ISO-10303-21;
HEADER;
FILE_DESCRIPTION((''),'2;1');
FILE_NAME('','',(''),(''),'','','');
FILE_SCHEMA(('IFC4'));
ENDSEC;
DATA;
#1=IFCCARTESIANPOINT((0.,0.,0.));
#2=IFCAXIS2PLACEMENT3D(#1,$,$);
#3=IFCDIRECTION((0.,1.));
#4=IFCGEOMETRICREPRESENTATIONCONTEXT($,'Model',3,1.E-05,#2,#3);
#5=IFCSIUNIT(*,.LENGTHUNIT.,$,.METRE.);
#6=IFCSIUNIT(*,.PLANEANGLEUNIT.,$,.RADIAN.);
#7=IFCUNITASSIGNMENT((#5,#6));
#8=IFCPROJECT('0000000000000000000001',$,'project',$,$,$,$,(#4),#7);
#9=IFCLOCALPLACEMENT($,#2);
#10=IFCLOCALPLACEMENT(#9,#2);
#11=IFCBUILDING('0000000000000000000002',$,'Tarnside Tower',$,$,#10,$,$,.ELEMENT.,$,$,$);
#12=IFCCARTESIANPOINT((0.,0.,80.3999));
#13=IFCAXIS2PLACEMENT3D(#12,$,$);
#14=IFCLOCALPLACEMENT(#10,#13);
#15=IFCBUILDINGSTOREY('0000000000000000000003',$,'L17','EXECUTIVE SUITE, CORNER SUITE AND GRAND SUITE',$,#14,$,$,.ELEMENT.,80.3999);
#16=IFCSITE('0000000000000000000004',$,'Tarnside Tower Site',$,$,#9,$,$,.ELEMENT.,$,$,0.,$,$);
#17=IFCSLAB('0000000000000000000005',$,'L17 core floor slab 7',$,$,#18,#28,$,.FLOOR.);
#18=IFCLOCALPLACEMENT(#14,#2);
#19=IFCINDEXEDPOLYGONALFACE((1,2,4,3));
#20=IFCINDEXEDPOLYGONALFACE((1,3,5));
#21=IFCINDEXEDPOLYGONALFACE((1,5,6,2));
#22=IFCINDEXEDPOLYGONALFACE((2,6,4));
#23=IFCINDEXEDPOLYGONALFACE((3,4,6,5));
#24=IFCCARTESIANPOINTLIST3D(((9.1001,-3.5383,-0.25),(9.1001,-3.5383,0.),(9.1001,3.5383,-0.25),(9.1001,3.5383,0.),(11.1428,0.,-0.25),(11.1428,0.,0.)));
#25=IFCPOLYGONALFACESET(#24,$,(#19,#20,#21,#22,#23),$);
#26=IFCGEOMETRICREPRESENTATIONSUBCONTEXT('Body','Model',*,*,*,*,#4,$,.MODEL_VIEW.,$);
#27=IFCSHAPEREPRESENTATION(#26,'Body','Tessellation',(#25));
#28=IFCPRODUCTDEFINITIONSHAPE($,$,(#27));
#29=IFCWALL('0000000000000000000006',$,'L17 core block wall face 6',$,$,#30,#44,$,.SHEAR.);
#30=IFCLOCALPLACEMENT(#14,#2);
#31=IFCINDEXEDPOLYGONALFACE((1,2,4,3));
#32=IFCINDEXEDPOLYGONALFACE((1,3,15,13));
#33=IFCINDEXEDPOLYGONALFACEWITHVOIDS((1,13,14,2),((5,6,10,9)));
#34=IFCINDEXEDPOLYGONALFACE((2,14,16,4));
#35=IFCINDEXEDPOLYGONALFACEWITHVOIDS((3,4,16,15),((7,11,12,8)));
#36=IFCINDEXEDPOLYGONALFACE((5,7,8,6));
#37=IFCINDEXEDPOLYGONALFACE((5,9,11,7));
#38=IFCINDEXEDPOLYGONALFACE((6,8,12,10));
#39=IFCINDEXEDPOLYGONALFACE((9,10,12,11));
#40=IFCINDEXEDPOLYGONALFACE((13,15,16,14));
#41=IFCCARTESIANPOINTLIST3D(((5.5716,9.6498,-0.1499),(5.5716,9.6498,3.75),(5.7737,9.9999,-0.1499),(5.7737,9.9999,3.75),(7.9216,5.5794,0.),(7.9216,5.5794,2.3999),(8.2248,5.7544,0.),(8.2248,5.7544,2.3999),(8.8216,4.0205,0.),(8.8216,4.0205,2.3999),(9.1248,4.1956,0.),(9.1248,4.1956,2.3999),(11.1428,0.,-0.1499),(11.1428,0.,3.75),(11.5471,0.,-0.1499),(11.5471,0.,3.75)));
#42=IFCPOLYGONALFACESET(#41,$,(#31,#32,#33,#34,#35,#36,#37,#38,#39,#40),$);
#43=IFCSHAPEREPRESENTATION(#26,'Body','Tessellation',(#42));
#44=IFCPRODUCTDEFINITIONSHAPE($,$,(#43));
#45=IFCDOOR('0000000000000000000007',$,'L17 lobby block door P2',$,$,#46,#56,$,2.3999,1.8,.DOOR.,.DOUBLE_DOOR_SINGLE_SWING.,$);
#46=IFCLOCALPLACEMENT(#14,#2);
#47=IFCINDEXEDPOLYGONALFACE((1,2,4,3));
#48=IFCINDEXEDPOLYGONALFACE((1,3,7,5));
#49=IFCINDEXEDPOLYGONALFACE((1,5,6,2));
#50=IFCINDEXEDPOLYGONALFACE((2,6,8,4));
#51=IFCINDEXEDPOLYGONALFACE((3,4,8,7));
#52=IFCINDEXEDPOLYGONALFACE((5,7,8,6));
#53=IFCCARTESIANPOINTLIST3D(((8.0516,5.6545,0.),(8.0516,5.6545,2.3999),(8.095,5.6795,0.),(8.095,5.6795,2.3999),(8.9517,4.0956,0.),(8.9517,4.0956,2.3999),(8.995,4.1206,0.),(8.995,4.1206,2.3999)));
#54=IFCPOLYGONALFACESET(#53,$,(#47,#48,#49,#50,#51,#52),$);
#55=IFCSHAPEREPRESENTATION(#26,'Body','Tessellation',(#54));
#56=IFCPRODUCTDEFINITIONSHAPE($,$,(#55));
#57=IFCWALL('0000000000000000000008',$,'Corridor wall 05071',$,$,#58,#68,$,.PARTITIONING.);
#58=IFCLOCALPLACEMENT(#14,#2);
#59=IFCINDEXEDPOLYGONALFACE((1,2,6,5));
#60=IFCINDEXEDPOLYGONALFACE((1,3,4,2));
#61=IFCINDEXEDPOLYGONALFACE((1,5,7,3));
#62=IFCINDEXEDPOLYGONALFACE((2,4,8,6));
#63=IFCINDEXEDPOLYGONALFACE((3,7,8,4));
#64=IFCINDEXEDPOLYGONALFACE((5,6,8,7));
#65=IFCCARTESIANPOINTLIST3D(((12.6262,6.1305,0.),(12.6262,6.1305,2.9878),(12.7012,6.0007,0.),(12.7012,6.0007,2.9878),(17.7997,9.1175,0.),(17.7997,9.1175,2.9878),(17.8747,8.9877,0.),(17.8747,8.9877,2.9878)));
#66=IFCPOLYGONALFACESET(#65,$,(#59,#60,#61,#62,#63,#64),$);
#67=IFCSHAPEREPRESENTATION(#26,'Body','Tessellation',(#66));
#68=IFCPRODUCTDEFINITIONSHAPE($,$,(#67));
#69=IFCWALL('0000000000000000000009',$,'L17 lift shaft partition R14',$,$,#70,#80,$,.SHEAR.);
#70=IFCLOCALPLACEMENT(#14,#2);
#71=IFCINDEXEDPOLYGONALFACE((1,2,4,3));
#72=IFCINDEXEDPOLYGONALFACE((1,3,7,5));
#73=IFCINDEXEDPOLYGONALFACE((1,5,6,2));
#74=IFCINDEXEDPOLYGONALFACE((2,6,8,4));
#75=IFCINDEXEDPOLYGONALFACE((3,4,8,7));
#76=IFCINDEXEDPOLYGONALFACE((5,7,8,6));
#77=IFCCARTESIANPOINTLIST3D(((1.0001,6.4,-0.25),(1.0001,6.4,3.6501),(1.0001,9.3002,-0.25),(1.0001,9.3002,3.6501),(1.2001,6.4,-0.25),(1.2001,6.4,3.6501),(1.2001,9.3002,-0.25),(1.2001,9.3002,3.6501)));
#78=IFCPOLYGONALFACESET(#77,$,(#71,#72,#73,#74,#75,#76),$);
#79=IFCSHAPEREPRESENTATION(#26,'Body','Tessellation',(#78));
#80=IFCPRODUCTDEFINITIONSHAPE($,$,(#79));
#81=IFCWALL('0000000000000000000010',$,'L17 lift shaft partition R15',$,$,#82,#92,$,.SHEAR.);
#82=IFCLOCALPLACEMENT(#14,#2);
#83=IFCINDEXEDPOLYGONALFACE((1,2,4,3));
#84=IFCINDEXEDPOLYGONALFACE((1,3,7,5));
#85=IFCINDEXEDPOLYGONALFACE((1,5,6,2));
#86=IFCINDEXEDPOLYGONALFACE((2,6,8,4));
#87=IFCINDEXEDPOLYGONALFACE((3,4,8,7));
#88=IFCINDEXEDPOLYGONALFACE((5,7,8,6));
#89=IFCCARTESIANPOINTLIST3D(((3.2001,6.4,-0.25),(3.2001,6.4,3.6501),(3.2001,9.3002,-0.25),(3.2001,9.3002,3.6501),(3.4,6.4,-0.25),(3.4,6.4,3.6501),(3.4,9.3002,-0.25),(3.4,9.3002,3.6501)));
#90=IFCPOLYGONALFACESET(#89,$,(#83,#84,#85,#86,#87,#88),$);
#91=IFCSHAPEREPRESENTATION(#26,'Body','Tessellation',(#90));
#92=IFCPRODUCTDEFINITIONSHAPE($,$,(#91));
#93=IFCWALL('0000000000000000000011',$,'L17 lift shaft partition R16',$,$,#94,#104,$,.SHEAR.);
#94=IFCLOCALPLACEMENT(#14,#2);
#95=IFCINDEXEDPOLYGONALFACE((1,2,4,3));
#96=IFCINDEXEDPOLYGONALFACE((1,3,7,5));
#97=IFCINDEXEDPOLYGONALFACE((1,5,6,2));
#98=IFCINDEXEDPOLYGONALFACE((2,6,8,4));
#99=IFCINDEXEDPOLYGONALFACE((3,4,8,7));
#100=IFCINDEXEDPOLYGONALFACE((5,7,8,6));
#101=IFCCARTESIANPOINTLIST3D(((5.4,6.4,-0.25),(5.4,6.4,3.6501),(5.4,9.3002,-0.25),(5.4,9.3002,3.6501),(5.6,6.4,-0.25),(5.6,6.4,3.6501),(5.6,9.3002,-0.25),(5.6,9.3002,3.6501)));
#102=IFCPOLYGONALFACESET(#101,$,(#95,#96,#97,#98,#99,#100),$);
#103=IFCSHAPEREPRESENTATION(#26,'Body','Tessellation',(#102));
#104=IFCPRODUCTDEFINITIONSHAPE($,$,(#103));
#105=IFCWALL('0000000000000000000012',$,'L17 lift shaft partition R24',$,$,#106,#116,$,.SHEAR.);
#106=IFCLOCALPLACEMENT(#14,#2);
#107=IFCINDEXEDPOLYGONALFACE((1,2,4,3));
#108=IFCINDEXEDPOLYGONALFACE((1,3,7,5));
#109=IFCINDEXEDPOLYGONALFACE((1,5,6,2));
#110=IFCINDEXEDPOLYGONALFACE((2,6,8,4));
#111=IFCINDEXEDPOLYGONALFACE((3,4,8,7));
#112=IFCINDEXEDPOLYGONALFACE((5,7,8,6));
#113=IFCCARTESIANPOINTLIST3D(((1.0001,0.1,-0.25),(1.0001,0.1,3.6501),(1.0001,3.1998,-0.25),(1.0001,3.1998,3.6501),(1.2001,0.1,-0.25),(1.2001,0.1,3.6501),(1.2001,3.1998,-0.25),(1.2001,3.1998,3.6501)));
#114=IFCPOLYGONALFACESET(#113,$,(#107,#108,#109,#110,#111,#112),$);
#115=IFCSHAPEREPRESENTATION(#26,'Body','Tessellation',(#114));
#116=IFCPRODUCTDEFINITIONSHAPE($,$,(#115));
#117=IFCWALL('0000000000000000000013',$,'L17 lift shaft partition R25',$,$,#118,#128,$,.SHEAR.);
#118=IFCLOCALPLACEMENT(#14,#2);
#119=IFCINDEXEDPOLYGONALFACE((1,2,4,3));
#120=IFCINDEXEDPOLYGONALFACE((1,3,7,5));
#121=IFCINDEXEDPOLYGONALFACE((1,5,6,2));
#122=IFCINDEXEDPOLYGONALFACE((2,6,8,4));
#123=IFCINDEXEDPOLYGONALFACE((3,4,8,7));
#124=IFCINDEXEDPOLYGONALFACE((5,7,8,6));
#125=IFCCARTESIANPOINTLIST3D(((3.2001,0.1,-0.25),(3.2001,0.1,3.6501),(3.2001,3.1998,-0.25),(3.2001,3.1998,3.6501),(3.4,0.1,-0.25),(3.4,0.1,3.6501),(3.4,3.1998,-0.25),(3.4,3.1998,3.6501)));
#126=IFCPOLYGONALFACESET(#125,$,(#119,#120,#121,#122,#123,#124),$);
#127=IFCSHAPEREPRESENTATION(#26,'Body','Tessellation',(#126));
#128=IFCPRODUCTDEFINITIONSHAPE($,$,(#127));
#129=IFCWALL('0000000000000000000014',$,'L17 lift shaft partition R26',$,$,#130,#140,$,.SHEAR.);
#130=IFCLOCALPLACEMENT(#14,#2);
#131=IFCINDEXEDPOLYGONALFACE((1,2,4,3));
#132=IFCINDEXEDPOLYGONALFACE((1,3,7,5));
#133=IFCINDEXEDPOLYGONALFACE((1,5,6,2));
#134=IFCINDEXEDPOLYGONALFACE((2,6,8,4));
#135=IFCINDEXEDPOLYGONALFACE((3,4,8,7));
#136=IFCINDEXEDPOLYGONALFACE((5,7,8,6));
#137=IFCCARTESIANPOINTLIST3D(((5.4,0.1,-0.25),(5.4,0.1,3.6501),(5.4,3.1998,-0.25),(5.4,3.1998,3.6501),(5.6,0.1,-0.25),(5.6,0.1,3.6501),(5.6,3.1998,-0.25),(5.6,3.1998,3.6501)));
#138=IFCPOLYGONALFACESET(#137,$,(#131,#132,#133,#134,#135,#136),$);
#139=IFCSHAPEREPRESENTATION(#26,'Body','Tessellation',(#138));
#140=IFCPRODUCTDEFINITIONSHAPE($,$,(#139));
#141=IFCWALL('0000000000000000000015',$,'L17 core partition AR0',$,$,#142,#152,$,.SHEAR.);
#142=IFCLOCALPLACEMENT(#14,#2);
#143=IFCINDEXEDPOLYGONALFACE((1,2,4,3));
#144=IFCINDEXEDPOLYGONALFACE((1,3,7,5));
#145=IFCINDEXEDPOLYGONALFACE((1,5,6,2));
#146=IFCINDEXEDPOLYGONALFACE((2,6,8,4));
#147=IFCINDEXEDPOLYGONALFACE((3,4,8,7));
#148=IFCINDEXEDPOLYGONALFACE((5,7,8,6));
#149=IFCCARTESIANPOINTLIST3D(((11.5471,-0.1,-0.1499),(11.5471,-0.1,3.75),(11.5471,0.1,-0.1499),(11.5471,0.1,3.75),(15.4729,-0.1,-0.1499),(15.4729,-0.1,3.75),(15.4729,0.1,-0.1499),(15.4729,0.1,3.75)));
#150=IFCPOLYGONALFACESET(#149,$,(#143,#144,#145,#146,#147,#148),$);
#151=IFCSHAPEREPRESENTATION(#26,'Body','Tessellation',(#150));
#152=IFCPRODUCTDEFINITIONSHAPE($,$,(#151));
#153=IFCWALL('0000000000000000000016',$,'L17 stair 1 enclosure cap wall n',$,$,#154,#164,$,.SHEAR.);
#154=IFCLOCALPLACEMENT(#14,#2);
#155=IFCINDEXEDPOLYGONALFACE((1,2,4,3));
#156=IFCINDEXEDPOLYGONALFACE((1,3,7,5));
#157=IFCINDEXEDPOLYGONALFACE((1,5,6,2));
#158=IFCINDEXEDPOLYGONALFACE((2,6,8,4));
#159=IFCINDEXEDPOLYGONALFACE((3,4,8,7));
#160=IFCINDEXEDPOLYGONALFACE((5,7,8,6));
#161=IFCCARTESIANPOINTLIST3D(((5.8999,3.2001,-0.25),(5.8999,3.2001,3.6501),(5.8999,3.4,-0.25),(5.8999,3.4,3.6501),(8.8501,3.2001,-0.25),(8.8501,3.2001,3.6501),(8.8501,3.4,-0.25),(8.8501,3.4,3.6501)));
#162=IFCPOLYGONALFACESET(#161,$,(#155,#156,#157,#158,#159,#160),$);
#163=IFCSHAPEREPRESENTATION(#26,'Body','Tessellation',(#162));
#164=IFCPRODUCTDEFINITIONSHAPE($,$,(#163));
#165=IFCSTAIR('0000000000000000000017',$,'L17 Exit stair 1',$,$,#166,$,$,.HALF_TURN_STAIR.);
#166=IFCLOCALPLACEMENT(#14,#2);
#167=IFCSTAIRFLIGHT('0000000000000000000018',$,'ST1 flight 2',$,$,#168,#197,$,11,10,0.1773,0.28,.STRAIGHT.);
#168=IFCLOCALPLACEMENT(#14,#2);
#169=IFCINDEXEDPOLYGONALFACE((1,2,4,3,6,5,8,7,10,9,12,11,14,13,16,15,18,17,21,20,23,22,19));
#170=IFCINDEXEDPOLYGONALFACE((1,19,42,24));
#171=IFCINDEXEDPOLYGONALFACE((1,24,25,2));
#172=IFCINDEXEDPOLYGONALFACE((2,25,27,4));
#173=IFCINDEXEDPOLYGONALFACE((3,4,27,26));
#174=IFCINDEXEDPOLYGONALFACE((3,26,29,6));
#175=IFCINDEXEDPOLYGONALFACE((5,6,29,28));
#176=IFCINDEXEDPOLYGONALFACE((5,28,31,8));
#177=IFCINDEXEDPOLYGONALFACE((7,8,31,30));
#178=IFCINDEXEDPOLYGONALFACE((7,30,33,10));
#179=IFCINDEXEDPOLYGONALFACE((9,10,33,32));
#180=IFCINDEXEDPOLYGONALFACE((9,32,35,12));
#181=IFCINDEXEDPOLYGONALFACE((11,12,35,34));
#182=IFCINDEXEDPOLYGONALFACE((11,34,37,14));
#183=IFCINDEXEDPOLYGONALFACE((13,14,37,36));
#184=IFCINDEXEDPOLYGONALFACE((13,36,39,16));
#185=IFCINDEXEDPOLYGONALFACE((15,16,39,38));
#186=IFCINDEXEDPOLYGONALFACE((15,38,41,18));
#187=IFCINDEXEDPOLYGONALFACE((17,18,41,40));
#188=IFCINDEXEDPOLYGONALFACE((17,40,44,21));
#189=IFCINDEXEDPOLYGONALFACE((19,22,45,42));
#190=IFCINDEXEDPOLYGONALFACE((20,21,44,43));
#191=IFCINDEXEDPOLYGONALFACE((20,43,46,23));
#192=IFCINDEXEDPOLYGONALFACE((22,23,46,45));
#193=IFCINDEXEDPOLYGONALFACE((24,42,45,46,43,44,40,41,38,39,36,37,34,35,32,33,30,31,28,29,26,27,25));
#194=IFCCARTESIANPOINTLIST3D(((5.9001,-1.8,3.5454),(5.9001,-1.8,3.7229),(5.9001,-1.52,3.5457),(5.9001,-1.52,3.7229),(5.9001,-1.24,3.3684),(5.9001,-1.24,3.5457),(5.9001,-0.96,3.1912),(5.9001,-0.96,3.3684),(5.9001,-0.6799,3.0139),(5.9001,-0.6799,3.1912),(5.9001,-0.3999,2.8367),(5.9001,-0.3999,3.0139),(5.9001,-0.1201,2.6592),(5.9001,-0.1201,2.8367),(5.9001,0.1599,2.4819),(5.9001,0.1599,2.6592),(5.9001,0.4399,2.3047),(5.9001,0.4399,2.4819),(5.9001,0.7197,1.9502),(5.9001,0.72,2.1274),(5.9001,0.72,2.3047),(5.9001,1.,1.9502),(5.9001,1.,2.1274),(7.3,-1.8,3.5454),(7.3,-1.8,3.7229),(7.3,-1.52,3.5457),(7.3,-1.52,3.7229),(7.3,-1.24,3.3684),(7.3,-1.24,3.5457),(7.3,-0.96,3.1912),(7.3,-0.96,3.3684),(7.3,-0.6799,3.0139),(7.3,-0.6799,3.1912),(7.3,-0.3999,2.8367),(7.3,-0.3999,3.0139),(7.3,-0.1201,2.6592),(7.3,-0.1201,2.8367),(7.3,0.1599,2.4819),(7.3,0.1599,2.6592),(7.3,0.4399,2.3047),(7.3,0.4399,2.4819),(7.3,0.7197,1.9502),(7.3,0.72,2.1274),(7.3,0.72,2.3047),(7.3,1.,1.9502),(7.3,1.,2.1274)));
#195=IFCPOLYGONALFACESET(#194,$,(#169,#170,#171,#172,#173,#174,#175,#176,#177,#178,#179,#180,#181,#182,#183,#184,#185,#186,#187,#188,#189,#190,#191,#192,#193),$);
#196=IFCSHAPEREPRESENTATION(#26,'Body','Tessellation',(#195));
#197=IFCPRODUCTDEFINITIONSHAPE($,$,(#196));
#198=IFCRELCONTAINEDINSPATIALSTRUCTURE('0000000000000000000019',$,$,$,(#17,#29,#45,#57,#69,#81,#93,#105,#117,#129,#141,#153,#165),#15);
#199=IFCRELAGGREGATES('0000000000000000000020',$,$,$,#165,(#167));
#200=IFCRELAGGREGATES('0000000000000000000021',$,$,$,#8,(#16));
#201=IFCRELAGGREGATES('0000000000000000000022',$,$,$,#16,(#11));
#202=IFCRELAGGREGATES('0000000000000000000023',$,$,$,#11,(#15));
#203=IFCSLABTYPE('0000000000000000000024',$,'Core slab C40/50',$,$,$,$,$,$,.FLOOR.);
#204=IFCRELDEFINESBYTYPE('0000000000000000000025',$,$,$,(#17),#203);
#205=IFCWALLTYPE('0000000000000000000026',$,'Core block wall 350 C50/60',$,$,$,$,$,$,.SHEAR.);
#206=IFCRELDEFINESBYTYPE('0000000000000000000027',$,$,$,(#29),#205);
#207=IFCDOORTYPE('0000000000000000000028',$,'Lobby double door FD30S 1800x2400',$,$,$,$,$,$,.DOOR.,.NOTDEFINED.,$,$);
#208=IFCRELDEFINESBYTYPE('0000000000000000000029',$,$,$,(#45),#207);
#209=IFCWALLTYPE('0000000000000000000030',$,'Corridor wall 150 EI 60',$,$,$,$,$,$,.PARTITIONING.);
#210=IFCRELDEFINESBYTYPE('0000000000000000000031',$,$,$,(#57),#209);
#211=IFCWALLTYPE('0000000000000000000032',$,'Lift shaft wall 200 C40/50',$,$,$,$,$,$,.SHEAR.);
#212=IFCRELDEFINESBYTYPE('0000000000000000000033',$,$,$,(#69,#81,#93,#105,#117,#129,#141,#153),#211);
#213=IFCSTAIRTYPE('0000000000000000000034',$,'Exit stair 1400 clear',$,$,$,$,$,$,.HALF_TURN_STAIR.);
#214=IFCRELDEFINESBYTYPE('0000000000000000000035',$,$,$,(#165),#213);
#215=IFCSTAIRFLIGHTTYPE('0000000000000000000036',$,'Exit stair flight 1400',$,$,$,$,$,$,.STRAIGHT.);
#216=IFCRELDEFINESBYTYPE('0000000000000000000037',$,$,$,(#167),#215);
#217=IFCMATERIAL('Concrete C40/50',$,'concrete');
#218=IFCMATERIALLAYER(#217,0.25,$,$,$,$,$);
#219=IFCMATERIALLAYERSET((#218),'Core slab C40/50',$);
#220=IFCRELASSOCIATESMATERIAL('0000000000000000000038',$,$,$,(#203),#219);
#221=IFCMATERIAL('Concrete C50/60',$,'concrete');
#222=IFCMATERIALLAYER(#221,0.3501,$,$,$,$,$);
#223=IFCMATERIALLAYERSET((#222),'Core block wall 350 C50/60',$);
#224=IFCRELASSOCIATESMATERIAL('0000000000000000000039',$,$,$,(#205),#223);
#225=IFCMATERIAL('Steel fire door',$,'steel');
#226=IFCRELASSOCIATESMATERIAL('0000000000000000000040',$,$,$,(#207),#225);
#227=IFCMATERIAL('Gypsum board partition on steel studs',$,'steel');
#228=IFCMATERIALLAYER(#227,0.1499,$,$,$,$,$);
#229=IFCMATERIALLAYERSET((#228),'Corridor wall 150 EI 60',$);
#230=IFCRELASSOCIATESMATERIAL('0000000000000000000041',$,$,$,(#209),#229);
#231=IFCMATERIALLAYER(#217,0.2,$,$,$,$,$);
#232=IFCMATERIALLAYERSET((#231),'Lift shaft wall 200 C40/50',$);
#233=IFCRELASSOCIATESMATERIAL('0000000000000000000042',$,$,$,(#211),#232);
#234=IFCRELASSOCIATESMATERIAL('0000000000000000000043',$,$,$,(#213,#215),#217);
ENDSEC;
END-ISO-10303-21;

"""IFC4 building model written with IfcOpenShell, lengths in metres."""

from ifc_helpers import new_model, si_unit, direction, frame, frame_2d, origin, place, context, subcontext, project, spatial, polyline, rectangle, outline, extrude, material, layer, layer_set, type_object, element, fill, aggregate, save


model = new_model("IFC4")

# Units and contexts
model_context = context("Model", 3, precision=1e-05, world=origin(), true_north=direction((0.0, 1.0)))
body_context = subcontext(model_context, "Body", "Model", "MODEL_VIEW")
ifc_project = project(units=[si_unit("LENGTHUNIT", "METRE"), si_unit("PLANEANGLEUNIT", "RADIAN")], contexts=[model_context])

# Site, building, storey
site_placement = place(None, origin())
site = spatial("IfcSite", under=ifc_project, at=site_placement, Name="Tarnside Tower Site", CompositionType="ELEMENT", RefElevation=0.0)
building_placement = place(site_placement, origin())
building = spatial("IfcBuilding", under=site, at=building_placement, Name="Tarnside Tower", CompositionType="ELEMENT")
storey_placement = place(building_placement, frame((0.0, 0.0, 80.3999)))
storey = spatial("IfcBuildingStorey", under=building, at=storey_placement, Name="L17", Description="EXECUTIVE SUITE, CORNER SUITE AND GRAND SUITE", CompositionType="ELEMENT", Elevation=80.3999)

# Slab
ifc_material_1 = material(Name="Concrete C40/50", Category="concrete")
ifc_layer_1 = layer(ifc_material_1, 0.25)
ifc_layer_set_1 = layer_set([ifc_layer_1], Name="Core slab C40/50")
slab_type = type_object("IfcSlabType", Name="Core slab C40/50", PredefinedType="FLOOR", material=ifc_layer_set_1)
slab_placement = place(storey_placement, frame((0.0, 0.0, -0.25)))
element("IfcSlab", 1, at=slab_placement, inside=storey, type_object=slab_type, Name="L17 core floor slab 7", PredefinedType="FLOOR", context=body_context, shape_type="SweptSolid", body=[
    extrude(outline(polyline([(9.1001, -3.5383), (9.1001, 3.5383), (11.1428, 0.0), (9.1001, -3.5383)])), origin(), (0.0, 0.0, 1.0), 0.25),
])

# Wall, opening, door
ifc_material_2 = material(Name="Concrete C50/60", Category="concrete")
ifc_layer_2 = layer(ifc_material_2, 0.3501)
ifc_layer_set_2 = layer_set([ifc_layer_2], Name="Core block wall 350 C50/60")
wall_type_1 = type_object("IfcWallType", Name="Core block wall 350 C50/60", PredefinedType="SHEAR", material=ifc_layer_set_2)
wall_1_placement = place(storey_placement, frame((11.345, 0.0, -0.1499), z_axis=(0.0, 0.0, 1.0), x_axis=(-0.499995, 0.866028, 0.0)))
wall_1 = element("IfcWall", 2, at=wall_1_placement, inside=storey, type_object=wall_type_1, Name="L17 core block wall face 6", PredefinedType="SHEAR", context=body_context, shape_type="SweptSolid", body=[
    extrude(outline(polyline([(-0.1011, -0.175), (11.4458, -0.175), (11.2437, 0.175), (0.1011, 0.175), (-0.1011, -0.175)])), origin(), (0.0, 0.0, 1.0), 3.8999),
])
opening_placement = place(wall_1_placement, frame((4.7437, 0.0, 0.1499)))
opening = element("IfcOpeningElement", 3, at=opening_placement, cuts=wall_1, PredefinedType="OPENING", context=body_context, shape_type="SweptSolid", body=[
    extrude(rectangle(XDim=1.8, YDim=2.3999, at=frame_2d((0.8999, 1.2))), frame((0.0, 0.1851, 0.0), z_axis=(0.0, -1.0, 0.0), x_axis=(1.0, 0.0, 0.0)), (0.0, 0.0, 1.0), 0.3701),
])
ifc_material_3 = material(Name="Steel fire door", Category="steel")
door_type = type_object("IfcDoorType", Name="Lobby double door FD30S 1800x2400", OperationType="NOTDEFINED", PredefinedType="DOOR", material=ifc_material_3)
door_placement = place(opening_placement, origin())
door = element("IfcDoor", 4, at=door_placement, inside=storey, type_object=door_type, Name="L17 lobby block door P2", OperationType="DOUBLE_DOOR_SINGLE_SWING", OverallHeight=2.3999, OverallWidth=1.8, PredefinedType="DOOR", context=body_context, shape_type="SweptSolid", body=[
    extrude(rectangle(XDim=1.8, YDim=2.3999, at=frame_2d((0.8999, 1.2))), frame((0.0, 0.0249, 0.0), z_axis=(0.0, -1.0, 0.0), x_axis=(1.0, 0.0, 0.0)), (0.0, 0.0, 1.0), 0.05),
])
fill(opening, door)

# Walls
ifc_material_4 = material(Name="Gypsum board partition on steel studs", Category="steel")
ifc_layer_3 = layer(ifc_material_4, 0.1499)
ifc_layer_set_3 = layer_set([ifc_layer_3], Name="Corridor wall 150 EI 60")
wall_type_2 = type_object("IfcWallType", Name="Corridor wall 150 EI 60", PredefinedType="PARTITIONING", material=ifc_layer_set_3)
wall_2_placement = place(storey_placement, frame((12.6638, 6.0657, 0.0), z_axis=(0.0, 0.0, 1.0), x_axis=(0.866019, 0.500011, 0.0)))
element("IfcWall", 5, at=wall_2_placement, inside=storey, type_object=wall_type_2, Name="Corridor wall 05071", PredefinedType="PARTITIONING", context=body_context, shape_type="SweptSolid", body=[
    extrude(rectangle(XDim=5.9739, YDim=0.1499, at=frame_2d((2.9868, 0.0))), origin(), (0.0, 0.0, 1.0), 2.9878),
])
ifc_layer_4 = layer(ifc_material_1, 0.2)
ifc_layer_set_4 = layer_set([ifc_layer_4], Name="Lift shaft wall 200 C40/50")
wall_type_3 = type_object("IfcWallType", Name="Lift shaft wall 200 C40/50", PredefinedType="SHEAR", material=ifc_layer_set_4)
for number, where, z_axis, x_axis, name in (
    (6, (1.1001, 6.3999, -0.25), (0.0, 0.0, 1.0), (0.0, 1.0, 0.0), "L17 lift shaft partition R14"),
    (7, (3.3, 6.3999, -0.25), (0.0, 0.0, 1.0), (0.0, 1.0, 0.0), "L17 lift shaft partition R15"),
    (8, (5.5, 6.3999, -0.25), (0.0, 0.0, 1.0), (0.0, 1.0, 0.0), "L17 lift shaft partition R16"),
):
    element("IfcWall", number, at=place(storey_placement, frame(where, z_axis=z_axis, x_axis=x_axis)), inside=storey, type_object=wall_type_3, Name=name, PredefinedType="SHEAR", context=body_context, shape_type="SweptSolid", body=[
        extrude(rectangle(XDim=2.9001, YDim=0.2, at=frame_2d((1.4502, 0.0))), origin(), (0.0, 0.0, 1.0), 3.9001),
    ])
for number, where, z_axis, x_axis, name in (
    (9, (1.1001, 0.1001, -0.25), (0.0, 0.0, 1.0), (0.0, 1.0, 0.0), "L17 lift shaft partition R24"),
    (10, (3.3, 0.1001, -0.25), (0.0, 0.0, 1.0), (0.0, 1.0, 0.0), "L17 lift shaft partition R25"),
    (11, (5.5, 0.1001, -0.25), (0.0, 0.0, 1.0), (0.0, 1.0, 0.0), "L17 lift shaft partition R26"),
):
    element("IfcWall", number, at=place(storey_placement, frame(where, z_axis=z_axis, x_axis=x_axis)), inside=storey, type_object=wall_type_3, Name=name, PredefinedType="SHEAR", context=body_context, shape_type="SweptSolid", body=[
        extrude(rectangle(XDim=3.0999, YDim=0.2, at=frame_2d((1.5498, 0.0))), origin(), (0.0, 0.0, 1.0), 3.9001),
    ])
wall_3_placement = place(storey_placement, frame((11.5471, 0.0, -0.1499), z_axis=(0.0, 0.0, 1.0), x_axis=(1.0, 0.0, 0.0)))
element("IfcWall", 12, at=wall_3_placement, inside=storey, type_object=wall_type_3, Name="L17 core partition AR0", PredefinedType="SHEAR", context=body_context, shape_type="SweptSolid", body=[
    extrude(rectangle(XDim=3.9258, YDim=0.2, at=frame_2d((1.9629, 0.0))), origin(), (0.0, 0.0, 1.0), 3.8999),
])
wall_4_placement = place(storey_placement, frame((5.8999, 3.3, -0.25), z_axis=(0.0, 0.0, 1.0), x_axis=(1.0, 0.0, 0.0)))
element("IfcWall", 13, at=wall_4_placement, inside=storey, type_object=wall_type_3, Name="L17 stair 1 enclosure cap wall n", PredefinedType="SHEAR", context=body_context, shape_type="SweptSolid", body=[
    extrude(rectangle(XDim=2.9502, YDim=0.2, at=frame_2d((1.4751, 0.0))), origin(), (0.0, 0.0, 1.0), 3.9001),
])

# Stair, stair flight
stair_type = type_object("IfcStairType", Name="Exit stair 1400 clear", PredefinedType="HALF_TURN_STAIR", material=ifc_material_1)
stair_placement = place(storey_placement, origin())
stair = element("IfcStair", 14, at=stair_placement, inside=storey, type_object=stair_type, Name="L17 Exit stair 1", PredefinedType="HALF_TURN_STAIR")
stair_flight_type = type_object("IfcStairFlightType", Name="Exit stair flight 1400", PredefinedType="STRAIGHT", material=ifc_material_1)
stair_flight_placement = place(storey_placement, frame((6.6001, 1.0, 1.9502), z_axis=(0.0, 0.0, 1.0), x_axis=(0.0, -1.0, 0.0)))
stair_flight = element("IfcStairFlight", 15, at=stair_flight_placement, type_object=stair_flight_type, Name="ST1 flight 2", NumberOfRisers=11, NumberOfTreads=10, PredefinedType="STRAIGHT", RiserHeight=0.1773, TreadLength=0.28, context=body_context, shape_type="SweptSolid", body=[
    extrude(outline(polyline([(0.0, 0.0), (0.0, 0.1772), (0.28, 0.1772), (0.28, 0.3545), (0.5601, 0.3545), (0.5601, 0.5317), (0.8401, 0.5317), (0.8401, 0.709), (1.1201, 0.709), (1.1201, 0.8865), (1.3999, 0.8865), (1.3999, 1.0637), (1.6799, 1.0637), (1.6799, 1.241), (1.96, 1.241), (1.96, 1.4182), (2.24, 1.4182), (2.24, 1.5955), (2.52, 1.5955), (2.52, 1.7727), (2.8, 1.7727), (2.8, 1.95), (2.8, 1.5952), (0.2803, 0.0), (0.0, 0.0)])), frame((0.0, 0.7, 0.0), z_axis=(0.0, -1.0, 0.0), x_axis=(1.0, 0.0, 0.0)), (0.0, 0.0, 1.0), 1.3999),
])
aggregate(stair, [stair_flight])

save(model, "model.ifc")
